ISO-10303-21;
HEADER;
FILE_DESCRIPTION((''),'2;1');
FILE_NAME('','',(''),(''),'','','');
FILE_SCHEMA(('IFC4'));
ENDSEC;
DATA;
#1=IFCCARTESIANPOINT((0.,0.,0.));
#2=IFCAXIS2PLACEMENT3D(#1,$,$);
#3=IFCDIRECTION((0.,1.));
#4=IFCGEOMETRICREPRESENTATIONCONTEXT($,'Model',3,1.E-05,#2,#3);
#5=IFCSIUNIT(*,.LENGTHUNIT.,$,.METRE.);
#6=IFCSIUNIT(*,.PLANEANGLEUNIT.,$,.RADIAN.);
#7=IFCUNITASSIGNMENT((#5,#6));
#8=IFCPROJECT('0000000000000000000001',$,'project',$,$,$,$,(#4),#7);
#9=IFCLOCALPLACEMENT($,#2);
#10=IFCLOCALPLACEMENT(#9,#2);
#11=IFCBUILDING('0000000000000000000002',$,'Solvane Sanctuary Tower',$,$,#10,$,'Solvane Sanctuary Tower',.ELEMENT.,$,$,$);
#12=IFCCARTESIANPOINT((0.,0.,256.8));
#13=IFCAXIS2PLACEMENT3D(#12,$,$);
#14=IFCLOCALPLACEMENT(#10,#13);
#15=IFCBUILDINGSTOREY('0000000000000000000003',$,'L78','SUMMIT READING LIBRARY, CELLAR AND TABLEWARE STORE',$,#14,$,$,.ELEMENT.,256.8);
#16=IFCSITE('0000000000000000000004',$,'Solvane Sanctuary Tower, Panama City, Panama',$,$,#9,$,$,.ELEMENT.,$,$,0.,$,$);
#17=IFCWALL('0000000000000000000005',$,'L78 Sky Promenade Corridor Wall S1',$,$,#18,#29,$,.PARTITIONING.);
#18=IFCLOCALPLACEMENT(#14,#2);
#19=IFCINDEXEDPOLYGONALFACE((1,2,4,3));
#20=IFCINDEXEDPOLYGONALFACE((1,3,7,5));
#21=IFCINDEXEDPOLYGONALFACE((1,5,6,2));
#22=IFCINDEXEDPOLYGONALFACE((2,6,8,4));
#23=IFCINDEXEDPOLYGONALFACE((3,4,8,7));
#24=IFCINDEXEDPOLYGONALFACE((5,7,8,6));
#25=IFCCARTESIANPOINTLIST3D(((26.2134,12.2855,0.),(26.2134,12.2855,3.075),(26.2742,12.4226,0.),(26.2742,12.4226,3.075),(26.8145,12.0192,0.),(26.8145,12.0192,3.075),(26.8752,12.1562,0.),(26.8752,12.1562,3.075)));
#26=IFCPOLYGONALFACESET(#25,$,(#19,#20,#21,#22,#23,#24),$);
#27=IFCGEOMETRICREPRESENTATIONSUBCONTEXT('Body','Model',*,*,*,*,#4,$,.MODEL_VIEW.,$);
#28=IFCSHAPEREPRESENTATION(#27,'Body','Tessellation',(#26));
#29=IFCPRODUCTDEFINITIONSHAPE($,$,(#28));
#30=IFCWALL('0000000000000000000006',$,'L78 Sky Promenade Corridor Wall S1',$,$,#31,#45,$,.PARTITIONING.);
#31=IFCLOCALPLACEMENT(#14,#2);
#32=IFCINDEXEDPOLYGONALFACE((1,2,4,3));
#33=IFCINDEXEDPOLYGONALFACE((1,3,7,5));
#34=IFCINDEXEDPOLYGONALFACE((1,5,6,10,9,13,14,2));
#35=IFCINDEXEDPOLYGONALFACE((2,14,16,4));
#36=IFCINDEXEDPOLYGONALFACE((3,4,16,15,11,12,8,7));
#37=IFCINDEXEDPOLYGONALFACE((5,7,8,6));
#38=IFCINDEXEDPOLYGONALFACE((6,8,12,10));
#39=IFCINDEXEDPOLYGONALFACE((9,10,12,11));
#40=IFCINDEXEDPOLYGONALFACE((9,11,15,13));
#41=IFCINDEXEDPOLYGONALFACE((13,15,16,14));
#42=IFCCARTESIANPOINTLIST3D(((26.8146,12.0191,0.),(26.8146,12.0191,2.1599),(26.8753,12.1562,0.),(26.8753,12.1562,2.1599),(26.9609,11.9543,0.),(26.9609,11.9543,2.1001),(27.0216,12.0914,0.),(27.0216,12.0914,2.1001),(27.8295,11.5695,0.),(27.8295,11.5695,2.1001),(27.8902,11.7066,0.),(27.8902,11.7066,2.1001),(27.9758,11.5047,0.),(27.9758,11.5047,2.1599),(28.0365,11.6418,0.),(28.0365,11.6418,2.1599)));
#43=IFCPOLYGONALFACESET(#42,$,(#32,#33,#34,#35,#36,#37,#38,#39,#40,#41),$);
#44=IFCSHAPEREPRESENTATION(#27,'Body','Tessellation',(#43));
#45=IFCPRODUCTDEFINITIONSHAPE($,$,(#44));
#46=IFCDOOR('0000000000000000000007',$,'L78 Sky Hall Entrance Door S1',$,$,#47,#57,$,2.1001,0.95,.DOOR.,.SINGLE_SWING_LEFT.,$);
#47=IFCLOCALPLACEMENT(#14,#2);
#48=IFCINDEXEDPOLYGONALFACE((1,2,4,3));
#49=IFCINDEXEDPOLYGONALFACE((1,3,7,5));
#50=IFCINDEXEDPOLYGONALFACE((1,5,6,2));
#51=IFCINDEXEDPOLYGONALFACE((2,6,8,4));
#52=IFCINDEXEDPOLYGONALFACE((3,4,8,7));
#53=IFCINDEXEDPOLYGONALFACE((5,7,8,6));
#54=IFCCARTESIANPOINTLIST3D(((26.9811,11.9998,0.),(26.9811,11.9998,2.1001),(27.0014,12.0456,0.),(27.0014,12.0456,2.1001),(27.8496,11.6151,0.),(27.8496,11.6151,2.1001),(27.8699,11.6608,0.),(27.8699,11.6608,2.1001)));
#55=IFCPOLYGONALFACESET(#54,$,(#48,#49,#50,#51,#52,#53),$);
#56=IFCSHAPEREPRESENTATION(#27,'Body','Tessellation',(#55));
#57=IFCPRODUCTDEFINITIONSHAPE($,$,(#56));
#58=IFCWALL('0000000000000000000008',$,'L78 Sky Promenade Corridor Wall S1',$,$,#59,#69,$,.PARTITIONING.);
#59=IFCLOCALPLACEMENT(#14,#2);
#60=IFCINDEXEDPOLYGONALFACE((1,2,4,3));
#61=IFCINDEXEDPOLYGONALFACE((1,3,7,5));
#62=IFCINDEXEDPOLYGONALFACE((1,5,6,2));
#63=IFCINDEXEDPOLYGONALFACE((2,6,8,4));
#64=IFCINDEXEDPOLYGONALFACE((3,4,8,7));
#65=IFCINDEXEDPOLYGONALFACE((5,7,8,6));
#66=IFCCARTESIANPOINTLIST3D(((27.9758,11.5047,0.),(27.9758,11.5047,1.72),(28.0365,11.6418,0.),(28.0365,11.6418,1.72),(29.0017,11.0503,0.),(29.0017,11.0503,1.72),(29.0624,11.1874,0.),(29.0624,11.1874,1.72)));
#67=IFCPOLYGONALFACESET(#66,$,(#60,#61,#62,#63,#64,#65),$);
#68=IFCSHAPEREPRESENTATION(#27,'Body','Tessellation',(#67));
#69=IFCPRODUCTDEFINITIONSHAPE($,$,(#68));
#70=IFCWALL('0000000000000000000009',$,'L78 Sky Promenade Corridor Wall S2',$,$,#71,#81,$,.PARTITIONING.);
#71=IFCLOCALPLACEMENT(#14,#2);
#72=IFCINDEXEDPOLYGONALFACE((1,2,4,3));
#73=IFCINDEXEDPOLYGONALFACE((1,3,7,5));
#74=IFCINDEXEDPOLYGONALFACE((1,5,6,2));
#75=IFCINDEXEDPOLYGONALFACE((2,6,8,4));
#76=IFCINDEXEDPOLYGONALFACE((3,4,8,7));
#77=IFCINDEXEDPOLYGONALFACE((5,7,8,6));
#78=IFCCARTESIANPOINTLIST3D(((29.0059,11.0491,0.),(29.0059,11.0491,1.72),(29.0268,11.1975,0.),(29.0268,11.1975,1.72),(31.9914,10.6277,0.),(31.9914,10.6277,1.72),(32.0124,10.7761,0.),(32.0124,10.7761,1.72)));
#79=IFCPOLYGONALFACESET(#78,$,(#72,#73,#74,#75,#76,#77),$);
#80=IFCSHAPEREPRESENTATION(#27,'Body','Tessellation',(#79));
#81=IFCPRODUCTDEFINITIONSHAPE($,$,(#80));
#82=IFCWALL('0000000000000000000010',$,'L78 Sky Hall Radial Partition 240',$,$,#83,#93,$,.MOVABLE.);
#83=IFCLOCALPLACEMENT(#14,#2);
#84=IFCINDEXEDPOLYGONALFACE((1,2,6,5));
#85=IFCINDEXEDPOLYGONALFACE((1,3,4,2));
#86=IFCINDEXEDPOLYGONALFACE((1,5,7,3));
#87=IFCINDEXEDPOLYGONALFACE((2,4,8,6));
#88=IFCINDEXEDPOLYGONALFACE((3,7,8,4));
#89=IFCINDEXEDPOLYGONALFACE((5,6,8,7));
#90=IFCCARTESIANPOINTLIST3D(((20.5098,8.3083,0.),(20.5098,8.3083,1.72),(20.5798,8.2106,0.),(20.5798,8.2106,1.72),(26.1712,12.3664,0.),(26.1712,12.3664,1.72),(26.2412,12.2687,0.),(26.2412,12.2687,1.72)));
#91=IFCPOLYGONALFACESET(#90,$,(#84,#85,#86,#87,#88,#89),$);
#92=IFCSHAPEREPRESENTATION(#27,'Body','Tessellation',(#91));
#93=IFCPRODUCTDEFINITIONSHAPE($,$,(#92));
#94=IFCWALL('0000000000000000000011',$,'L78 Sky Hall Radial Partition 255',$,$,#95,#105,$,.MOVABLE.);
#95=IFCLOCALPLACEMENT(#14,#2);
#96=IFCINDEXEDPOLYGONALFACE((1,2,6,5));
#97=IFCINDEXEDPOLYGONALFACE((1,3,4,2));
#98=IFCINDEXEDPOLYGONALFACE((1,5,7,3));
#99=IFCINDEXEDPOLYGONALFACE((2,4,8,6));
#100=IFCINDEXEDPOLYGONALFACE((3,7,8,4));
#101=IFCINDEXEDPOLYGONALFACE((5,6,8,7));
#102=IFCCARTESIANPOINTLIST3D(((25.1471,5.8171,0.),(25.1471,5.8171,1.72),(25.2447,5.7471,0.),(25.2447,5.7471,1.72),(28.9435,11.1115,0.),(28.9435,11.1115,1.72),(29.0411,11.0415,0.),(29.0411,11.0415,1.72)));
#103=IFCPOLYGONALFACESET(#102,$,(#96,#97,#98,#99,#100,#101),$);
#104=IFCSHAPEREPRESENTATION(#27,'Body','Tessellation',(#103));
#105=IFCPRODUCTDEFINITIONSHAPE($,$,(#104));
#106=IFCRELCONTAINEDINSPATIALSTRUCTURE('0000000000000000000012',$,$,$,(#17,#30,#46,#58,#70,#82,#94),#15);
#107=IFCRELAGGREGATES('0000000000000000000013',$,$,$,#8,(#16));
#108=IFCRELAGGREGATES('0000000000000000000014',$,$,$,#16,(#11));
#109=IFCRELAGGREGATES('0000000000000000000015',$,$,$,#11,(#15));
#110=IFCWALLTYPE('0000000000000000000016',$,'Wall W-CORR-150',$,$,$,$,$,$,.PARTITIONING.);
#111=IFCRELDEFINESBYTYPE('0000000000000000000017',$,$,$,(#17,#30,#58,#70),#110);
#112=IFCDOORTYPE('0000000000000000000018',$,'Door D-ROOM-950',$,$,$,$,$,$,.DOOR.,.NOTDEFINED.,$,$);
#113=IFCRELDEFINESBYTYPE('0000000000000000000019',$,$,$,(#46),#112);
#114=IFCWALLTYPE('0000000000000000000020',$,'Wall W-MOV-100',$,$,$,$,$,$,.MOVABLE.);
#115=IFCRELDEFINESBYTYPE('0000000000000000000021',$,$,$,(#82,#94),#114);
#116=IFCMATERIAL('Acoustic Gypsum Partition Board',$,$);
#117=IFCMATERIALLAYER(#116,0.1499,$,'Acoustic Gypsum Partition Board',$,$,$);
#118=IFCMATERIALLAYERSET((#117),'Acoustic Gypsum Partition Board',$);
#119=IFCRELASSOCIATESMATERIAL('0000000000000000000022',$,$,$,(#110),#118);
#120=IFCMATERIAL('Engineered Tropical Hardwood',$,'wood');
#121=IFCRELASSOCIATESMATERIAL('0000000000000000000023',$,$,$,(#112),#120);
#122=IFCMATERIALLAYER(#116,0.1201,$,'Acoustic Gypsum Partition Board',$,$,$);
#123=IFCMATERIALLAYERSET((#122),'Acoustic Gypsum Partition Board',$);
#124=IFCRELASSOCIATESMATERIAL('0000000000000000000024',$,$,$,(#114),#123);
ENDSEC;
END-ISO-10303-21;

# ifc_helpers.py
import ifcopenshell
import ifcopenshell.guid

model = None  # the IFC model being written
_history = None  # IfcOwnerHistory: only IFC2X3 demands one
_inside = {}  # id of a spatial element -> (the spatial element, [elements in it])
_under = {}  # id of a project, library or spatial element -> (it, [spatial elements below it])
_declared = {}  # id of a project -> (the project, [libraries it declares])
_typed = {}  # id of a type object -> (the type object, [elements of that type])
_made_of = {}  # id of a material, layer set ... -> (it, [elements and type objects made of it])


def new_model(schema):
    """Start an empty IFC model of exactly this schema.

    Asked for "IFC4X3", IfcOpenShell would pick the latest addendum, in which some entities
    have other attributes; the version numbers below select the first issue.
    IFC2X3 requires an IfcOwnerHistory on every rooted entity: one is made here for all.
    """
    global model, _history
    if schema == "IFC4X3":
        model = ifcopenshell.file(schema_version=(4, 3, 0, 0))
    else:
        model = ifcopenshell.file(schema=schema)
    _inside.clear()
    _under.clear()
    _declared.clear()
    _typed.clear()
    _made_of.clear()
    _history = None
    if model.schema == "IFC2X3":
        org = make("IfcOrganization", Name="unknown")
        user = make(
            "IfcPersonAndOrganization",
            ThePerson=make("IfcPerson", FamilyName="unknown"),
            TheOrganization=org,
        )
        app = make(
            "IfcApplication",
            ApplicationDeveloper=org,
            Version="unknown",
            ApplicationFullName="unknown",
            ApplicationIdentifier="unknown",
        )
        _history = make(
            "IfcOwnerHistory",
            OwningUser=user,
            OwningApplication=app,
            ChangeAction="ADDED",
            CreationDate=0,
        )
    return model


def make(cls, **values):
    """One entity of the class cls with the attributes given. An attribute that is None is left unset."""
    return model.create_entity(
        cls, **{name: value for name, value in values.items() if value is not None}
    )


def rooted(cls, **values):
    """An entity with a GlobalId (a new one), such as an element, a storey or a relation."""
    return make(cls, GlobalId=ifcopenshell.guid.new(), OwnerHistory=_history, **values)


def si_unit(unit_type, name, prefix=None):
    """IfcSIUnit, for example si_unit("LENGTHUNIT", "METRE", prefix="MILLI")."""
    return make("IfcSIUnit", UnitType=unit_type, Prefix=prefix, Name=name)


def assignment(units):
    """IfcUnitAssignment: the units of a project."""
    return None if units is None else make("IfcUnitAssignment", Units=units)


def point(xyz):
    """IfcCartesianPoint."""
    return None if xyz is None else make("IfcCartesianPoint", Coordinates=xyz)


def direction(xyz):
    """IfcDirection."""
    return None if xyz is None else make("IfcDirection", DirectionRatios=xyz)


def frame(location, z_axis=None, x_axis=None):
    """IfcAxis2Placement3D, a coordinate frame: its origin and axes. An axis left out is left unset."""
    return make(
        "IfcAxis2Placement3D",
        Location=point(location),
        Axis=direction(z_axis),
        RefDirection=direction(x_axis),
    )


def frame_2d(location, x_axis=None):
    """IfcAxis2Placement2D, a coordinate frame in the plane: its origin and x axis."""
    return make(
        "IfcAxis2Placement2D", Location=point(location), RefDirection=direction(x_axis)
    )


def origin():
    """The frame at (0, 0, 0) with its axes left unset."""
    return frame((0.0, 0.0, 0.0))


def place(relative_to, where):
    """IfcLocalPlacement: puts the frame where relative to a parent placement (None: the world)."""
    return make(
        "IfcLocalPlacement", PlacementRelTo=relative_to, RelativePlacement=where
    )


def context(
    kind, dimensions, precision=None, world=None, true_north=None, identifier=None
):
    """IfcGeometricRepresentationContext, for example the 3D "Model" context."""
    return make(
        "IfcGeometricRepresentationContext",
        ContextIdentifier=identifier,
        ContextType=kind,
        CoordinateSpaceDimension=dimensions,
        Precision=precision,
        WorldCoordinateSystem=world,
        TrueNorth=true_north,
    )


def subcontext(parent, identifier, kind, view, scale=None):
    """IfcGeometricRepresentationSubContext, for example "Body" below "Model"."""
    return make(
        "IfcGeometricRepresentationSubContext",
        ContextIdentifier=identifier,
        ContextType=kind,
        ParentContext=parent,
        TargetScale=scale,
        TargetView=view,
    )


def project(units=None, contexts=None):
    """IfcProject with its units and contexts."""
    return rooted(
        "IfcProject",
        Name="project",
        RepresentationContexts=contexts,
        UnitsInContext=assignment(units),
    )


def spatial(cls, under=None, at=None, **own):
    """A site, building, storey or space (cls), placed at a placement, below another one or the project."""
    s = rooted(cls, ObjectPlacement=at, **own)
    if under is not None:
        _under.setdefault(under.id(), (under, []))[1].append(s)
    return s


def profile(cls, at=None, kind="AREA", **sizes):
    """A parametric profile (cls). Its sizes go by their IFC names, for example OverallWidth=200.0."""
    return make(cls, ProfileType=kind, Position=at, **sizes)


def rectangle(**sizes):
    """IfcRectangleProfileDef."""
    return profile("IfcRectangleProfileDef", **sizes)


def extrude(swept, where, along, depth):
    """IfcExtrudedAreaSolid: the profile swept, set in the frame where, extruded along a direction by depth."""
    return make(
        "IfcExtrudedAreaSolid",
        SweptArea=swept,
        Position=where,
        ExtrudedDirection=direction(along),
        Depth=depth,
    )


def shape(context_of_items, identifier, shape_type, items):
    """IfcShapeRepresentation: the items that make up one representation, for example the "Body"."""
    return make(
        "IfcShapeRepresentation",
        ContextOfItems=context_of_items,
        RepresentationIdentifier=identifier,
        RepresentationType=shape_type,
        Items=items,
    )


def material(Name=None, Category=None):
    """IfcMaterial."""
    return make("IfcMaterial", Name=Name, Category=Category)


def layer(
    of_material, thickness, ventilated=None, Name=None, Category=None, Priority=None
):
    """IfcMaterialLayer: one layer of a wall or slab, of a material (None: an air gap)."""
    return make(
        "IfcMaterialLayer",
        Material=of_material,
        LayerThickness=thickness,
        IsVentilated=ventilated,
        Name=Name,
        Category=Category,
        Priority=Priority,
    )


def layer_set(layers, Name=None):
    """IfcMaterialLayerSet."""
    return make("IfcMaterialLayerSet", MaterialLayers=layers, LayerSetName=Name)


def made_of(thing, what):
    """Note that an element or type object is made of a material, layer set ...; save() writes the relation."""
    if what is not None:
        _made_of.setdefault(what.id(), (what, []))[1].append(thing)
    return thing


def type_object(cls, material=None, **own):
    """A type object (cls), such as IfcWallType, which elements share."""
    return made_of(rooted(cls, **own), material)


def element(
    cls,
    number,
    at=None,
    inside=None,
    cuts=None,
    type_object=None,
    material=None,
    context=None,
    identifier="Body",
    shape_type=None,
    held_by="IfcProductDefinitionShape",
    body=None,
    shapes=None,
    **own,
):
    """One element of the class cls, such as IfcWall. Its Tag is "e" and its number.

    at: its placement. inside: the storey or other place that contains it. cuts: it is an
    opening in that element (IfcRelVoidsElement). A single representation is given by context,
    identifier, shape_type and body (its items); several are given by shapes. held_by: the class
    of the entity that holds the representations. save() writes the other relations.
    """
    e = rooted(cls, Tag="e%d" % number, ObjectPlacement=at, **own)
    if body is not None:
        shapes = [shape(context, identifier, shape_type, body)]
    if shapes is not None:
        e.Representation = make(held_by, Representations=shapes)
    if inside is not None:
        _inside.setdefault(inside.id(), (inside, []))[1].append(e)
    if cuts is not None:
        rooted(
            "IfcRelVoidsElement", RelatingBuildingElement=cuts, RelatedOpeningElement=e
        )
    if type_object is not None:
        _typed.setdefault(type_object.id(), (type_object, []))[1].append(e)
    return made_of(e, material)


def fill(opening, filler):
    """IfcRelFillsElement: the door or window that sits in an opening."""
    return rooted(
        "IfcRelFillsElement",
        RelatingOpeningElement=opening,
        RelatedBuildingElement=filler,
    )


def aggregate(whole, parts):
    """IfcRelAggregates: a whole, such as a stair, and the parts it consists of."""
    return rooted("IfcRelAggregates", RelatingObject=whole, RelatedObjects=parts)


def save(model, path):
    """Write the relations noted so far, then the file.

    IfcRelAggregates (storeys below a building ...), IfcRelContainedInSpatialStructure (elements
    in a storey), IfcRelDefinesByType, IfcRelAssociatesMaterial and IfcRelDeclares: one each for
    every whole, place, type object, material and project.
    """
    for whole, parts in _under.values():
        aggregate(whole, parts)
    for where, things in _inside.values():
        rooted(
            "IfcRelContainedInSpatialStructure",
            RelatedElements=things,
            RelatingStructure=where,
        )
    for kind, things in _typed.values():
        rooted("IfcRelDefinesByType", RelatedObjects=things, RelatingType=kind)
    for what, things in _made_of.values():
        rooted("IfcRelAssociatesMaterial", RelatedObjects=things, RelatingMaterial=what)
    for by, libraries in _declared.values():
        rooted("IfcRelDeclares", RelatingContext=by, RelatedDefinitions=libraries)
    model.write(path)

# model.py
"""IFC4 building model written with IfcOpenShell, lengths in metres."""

from ifc_helpers import new_model, si_unit, direction, frame, frame_2d, origin, place, context, subcontext, project, spatial, rectangle, extrude, material, layer, layer_set, type_object, element, fill, save


model = new_model("IFC4")

# Units and contexts
model_context = context("Model", 3, precision=1e-05, world=origin(), true_north=direction((0.0, 1.0)))
body_context = subcontext(model_context, "Body", "Model", "MODEL_VIEW")
ifc_project = project(units=[si_unit("LENGTHUNIT", "METRE"), si_unit("PLANEANGLEUNIT", "RADIAN")], contexts=[model_context])

# Site, building, storey
site_placement = place(None, origin())
site = spatial("IfcSite", under=ifc_project, at=site_placement, Name="Solvane Sanctuary Tower, Panama City, Panama", CompositionType="ELEMENT", RefElevation=0.0)
building_placement = place(site_placement, origin())
building = spatial("IfcBuilding", under=site, at=building_placement, Name="Solvane Sanctuary Tower", LongName="Solvane Sanctuary Tower", CompositionType="ELEMENT")
storey_placement = place(building_placement, frame((0.0, 0.0, 256.8)))
storey = spatial("IfcBuildingStorey", under=building, at=storey_placement, Name="L78", Description="SUMMIT READING LIBRARY, CELLAR AND TABLEWARE STORE", CompositionType="ELEMENT", Elevation=256.8)

# Shared definitions
ifc_material_1 = material(Name="Acoustic Gypsum Partition Board")
ifc_layer_1 = layer(ifc_material_1, 0.1499, Name="Acoustic Gypsum Partition Board")
ifc_layer_set_1 = layer_set([ifc_layer_1], Name="Acoustic Gypsum Partition Board")
wall_type_1 = type_object("IfcWallType", Name="Wall W-CORR-150", PredefinedType="PARTITIONING", material=ifc_layer_set_1)

# Shared definitions
ifc_material_2 = material(Name="Engineered Tropical Hardwood", Category="wood")
door_type = type_object("IfcDoorType", Name="Door D-ROOM-950", OperationType="NOTDEFINED", PredefinedType="DOOR", material=ifc_material_2)

# Wall
wall_1_placement = place(storey_placement, frame((26.2439, 12.354, 0.0), z_axis=(0.0, 0.0, 1.0), x_axis=(0.914255, -0.405139, 0.0)))
element("IfcWall", 1, at=wall_1_placement, inside=storey, type_object=wall_type_1, Name="L78 Sky Promenade Corridor Wall S1", PredefinedType="PARTITIONING", context=body_context, shape_type="SweptSolid", body=[
    extrude(rectangle(XDim=0.6575, YDim=0.1499, at=frame_2d((0.3286, 0.0))), origin(), (0.0, 0.0, 1.0), 3.075),
])

# Wall, opening, door
wall_2_placement = place(storey_placement, frame((26.845, 12.0876, 0.0), z_axis=(0.0, 0.0, 1.0), x_axis=(0.914294, -0.40505, 0.0)))
wall_2 = element("IfcWall", 2, at=wall_2_placement, inside=storey, type_object=wall_type_1, Name="L78 Sky Promenade Corridor Wall S1", PredefinedType="PARTITIONING", context=body_context, shape_type="SweptSolid", body=[
    extrude(rectangle(XDim=1.27, YDim=0.1499, at=frame_2d((0.635, 0.0))), origin(), (0.0, 0.0, 1.0), 2.1599),
])
opening_1_placement = place(wall_2_placement, frame((0.1599, 0.0, 0.0)))
opening_1 = element("IfcOpeningElement", 3, at=opening_1_placement, cuts=wall_2, PredefinedType="OPENING", context=body_context, shape_type="SweptSolid", body=[
    extrude(rectangle(XDim=0.95, YDim=2.1001, at=frame_2d((0.4751, 1.05))), frame((0.0, 0.085, 0.0), z_axis=(0.0, -1.0, 0.0), x_axis=(1.0, 0.0, 0.0)), (0.0, 0.0, 1.0), 0.1699),
])
door_1_placement = place(opening_1_placement, origin())
door_1 = element("IfcDoor", 4, at=door_1_placement, inside=storey, type_object=door_type, Name="L78 Sky Hall Entrance Door S1", OperationType="SINGLE_SWING_LEFT", OverallHeight=2.1001, OverallWidth=0.95, PredefinedType="DOOR", context=body_context, shape_type="SweptSolid", body=[
    extrude(rectangle(XDim=0.95, YDim=2.1001, at=frame_2d((0.4751, 1.05))), frame((0.0, 0.0249, 0.0), z_axis=(0.0, -1.0, 0.0), x_axis=(1.0, 0.0, 0.0)), (0.0, 0.0, 1.0), 0.05),
])
fill(opening_1, door_1)

# Walls
wall_3_placement = place(storey_placement, frame((28.0061, 11.5732, 0.0), z_axis=(0.0, 0.0, 1.0), x_axis=(0.91434, -0.404947, 0.0)))
element("IfcWall", 5, at=wall_3_placement, inside=storey, type_object=wall_type_1, Name="L78 Sky Promenade Corridor Wall S1", PredefinedType="PARTITIONING", context=body_context, shape_type="SweptSolid", body=[
    extrude(rectangle(XDim=1.1221, YDim=0.1499, at=frame_2d((0.561, 0.0))), origin(), (0.0, 0.0, 1.0), 1.72),
])
wall_4_placement = place(storey_placement, frame((29.0164, 11.1233, 0.0), z_axis=(0.0, 0.0, 1.0), x_axis=(0.990186, -0.139755, 0.0)))
element("IfcWall", 6, at=wall_4_placement, inside=storey, type_object=wall_type_1, Name="L78 Sky Promenade Corridor Wall S2", PredefinedType="PARTITIONING", context=body_context, shape_type="SweptSolid", body=[
    extrude(rectangle(XDim=3.0151, YDim=0.1499, at=frame_2d((1.5076, 0.0))), origin(), (0.0, 0.0, 1.0), 1.72),
])
ifc_layer_2 = layer(ifc_material_1, 0.1201, Name="Acoustic Gypsum Partition Board")
ifc_layer_set_2 = layer_set([ifc_layer_2], Name="Acoustic Gypsum Partition Board")
wall_type_2 = type_object("IfcWallType", Name="Wall W-MOV-100", PredefinedType="MOVABLE", material=ifc_layer_set_2)
wall_5_placement = place(storey_placement, frame((26.2063, 12.3176, 0.0), z_axis=(0.0, 0.0, 1.0), x_axis=(-0.812764, -0.582593, 0.0)))
element("IfcWall", 7, at=wall_5_placement, inside=storey, type_object=wall_type_2, Name="L78 Sky Hall Radial Partition 240", PredefinedType="MOVABLE", context=body_context, shape_type="SweptSolid", body=[
    extrude(rectangle(XDim=6.9656, YDim=0.1201, at=frame_2d((3.4829, 0.0))), origin(), (0.0, 0.0, 1.0), 1.72),
])
wall_6_placement = place(storey_placement, frame((28.9922, 11.0764, 0.0), z_axis=(0.0, 0.0, 1.0), x_axis=(-0.582726, -0.812669, 0.0)))
element("IfcWall", 8, at=wall_6_placement, inside=storey, type_object=wall_type_2, Name="L78 Sky Hall Radial Partition 255", PredefinedType="MOVABLE", context=body_context, shape_type="SweptSolid", body=[
    extrude(rectangle(XDim=6.5149, YDim=0.1201, at=frame_2d((3.2573, 0.0))), origin(), (0.0, 0.0, 1.0), 1.72),
])

save(model, "model.ifc")
